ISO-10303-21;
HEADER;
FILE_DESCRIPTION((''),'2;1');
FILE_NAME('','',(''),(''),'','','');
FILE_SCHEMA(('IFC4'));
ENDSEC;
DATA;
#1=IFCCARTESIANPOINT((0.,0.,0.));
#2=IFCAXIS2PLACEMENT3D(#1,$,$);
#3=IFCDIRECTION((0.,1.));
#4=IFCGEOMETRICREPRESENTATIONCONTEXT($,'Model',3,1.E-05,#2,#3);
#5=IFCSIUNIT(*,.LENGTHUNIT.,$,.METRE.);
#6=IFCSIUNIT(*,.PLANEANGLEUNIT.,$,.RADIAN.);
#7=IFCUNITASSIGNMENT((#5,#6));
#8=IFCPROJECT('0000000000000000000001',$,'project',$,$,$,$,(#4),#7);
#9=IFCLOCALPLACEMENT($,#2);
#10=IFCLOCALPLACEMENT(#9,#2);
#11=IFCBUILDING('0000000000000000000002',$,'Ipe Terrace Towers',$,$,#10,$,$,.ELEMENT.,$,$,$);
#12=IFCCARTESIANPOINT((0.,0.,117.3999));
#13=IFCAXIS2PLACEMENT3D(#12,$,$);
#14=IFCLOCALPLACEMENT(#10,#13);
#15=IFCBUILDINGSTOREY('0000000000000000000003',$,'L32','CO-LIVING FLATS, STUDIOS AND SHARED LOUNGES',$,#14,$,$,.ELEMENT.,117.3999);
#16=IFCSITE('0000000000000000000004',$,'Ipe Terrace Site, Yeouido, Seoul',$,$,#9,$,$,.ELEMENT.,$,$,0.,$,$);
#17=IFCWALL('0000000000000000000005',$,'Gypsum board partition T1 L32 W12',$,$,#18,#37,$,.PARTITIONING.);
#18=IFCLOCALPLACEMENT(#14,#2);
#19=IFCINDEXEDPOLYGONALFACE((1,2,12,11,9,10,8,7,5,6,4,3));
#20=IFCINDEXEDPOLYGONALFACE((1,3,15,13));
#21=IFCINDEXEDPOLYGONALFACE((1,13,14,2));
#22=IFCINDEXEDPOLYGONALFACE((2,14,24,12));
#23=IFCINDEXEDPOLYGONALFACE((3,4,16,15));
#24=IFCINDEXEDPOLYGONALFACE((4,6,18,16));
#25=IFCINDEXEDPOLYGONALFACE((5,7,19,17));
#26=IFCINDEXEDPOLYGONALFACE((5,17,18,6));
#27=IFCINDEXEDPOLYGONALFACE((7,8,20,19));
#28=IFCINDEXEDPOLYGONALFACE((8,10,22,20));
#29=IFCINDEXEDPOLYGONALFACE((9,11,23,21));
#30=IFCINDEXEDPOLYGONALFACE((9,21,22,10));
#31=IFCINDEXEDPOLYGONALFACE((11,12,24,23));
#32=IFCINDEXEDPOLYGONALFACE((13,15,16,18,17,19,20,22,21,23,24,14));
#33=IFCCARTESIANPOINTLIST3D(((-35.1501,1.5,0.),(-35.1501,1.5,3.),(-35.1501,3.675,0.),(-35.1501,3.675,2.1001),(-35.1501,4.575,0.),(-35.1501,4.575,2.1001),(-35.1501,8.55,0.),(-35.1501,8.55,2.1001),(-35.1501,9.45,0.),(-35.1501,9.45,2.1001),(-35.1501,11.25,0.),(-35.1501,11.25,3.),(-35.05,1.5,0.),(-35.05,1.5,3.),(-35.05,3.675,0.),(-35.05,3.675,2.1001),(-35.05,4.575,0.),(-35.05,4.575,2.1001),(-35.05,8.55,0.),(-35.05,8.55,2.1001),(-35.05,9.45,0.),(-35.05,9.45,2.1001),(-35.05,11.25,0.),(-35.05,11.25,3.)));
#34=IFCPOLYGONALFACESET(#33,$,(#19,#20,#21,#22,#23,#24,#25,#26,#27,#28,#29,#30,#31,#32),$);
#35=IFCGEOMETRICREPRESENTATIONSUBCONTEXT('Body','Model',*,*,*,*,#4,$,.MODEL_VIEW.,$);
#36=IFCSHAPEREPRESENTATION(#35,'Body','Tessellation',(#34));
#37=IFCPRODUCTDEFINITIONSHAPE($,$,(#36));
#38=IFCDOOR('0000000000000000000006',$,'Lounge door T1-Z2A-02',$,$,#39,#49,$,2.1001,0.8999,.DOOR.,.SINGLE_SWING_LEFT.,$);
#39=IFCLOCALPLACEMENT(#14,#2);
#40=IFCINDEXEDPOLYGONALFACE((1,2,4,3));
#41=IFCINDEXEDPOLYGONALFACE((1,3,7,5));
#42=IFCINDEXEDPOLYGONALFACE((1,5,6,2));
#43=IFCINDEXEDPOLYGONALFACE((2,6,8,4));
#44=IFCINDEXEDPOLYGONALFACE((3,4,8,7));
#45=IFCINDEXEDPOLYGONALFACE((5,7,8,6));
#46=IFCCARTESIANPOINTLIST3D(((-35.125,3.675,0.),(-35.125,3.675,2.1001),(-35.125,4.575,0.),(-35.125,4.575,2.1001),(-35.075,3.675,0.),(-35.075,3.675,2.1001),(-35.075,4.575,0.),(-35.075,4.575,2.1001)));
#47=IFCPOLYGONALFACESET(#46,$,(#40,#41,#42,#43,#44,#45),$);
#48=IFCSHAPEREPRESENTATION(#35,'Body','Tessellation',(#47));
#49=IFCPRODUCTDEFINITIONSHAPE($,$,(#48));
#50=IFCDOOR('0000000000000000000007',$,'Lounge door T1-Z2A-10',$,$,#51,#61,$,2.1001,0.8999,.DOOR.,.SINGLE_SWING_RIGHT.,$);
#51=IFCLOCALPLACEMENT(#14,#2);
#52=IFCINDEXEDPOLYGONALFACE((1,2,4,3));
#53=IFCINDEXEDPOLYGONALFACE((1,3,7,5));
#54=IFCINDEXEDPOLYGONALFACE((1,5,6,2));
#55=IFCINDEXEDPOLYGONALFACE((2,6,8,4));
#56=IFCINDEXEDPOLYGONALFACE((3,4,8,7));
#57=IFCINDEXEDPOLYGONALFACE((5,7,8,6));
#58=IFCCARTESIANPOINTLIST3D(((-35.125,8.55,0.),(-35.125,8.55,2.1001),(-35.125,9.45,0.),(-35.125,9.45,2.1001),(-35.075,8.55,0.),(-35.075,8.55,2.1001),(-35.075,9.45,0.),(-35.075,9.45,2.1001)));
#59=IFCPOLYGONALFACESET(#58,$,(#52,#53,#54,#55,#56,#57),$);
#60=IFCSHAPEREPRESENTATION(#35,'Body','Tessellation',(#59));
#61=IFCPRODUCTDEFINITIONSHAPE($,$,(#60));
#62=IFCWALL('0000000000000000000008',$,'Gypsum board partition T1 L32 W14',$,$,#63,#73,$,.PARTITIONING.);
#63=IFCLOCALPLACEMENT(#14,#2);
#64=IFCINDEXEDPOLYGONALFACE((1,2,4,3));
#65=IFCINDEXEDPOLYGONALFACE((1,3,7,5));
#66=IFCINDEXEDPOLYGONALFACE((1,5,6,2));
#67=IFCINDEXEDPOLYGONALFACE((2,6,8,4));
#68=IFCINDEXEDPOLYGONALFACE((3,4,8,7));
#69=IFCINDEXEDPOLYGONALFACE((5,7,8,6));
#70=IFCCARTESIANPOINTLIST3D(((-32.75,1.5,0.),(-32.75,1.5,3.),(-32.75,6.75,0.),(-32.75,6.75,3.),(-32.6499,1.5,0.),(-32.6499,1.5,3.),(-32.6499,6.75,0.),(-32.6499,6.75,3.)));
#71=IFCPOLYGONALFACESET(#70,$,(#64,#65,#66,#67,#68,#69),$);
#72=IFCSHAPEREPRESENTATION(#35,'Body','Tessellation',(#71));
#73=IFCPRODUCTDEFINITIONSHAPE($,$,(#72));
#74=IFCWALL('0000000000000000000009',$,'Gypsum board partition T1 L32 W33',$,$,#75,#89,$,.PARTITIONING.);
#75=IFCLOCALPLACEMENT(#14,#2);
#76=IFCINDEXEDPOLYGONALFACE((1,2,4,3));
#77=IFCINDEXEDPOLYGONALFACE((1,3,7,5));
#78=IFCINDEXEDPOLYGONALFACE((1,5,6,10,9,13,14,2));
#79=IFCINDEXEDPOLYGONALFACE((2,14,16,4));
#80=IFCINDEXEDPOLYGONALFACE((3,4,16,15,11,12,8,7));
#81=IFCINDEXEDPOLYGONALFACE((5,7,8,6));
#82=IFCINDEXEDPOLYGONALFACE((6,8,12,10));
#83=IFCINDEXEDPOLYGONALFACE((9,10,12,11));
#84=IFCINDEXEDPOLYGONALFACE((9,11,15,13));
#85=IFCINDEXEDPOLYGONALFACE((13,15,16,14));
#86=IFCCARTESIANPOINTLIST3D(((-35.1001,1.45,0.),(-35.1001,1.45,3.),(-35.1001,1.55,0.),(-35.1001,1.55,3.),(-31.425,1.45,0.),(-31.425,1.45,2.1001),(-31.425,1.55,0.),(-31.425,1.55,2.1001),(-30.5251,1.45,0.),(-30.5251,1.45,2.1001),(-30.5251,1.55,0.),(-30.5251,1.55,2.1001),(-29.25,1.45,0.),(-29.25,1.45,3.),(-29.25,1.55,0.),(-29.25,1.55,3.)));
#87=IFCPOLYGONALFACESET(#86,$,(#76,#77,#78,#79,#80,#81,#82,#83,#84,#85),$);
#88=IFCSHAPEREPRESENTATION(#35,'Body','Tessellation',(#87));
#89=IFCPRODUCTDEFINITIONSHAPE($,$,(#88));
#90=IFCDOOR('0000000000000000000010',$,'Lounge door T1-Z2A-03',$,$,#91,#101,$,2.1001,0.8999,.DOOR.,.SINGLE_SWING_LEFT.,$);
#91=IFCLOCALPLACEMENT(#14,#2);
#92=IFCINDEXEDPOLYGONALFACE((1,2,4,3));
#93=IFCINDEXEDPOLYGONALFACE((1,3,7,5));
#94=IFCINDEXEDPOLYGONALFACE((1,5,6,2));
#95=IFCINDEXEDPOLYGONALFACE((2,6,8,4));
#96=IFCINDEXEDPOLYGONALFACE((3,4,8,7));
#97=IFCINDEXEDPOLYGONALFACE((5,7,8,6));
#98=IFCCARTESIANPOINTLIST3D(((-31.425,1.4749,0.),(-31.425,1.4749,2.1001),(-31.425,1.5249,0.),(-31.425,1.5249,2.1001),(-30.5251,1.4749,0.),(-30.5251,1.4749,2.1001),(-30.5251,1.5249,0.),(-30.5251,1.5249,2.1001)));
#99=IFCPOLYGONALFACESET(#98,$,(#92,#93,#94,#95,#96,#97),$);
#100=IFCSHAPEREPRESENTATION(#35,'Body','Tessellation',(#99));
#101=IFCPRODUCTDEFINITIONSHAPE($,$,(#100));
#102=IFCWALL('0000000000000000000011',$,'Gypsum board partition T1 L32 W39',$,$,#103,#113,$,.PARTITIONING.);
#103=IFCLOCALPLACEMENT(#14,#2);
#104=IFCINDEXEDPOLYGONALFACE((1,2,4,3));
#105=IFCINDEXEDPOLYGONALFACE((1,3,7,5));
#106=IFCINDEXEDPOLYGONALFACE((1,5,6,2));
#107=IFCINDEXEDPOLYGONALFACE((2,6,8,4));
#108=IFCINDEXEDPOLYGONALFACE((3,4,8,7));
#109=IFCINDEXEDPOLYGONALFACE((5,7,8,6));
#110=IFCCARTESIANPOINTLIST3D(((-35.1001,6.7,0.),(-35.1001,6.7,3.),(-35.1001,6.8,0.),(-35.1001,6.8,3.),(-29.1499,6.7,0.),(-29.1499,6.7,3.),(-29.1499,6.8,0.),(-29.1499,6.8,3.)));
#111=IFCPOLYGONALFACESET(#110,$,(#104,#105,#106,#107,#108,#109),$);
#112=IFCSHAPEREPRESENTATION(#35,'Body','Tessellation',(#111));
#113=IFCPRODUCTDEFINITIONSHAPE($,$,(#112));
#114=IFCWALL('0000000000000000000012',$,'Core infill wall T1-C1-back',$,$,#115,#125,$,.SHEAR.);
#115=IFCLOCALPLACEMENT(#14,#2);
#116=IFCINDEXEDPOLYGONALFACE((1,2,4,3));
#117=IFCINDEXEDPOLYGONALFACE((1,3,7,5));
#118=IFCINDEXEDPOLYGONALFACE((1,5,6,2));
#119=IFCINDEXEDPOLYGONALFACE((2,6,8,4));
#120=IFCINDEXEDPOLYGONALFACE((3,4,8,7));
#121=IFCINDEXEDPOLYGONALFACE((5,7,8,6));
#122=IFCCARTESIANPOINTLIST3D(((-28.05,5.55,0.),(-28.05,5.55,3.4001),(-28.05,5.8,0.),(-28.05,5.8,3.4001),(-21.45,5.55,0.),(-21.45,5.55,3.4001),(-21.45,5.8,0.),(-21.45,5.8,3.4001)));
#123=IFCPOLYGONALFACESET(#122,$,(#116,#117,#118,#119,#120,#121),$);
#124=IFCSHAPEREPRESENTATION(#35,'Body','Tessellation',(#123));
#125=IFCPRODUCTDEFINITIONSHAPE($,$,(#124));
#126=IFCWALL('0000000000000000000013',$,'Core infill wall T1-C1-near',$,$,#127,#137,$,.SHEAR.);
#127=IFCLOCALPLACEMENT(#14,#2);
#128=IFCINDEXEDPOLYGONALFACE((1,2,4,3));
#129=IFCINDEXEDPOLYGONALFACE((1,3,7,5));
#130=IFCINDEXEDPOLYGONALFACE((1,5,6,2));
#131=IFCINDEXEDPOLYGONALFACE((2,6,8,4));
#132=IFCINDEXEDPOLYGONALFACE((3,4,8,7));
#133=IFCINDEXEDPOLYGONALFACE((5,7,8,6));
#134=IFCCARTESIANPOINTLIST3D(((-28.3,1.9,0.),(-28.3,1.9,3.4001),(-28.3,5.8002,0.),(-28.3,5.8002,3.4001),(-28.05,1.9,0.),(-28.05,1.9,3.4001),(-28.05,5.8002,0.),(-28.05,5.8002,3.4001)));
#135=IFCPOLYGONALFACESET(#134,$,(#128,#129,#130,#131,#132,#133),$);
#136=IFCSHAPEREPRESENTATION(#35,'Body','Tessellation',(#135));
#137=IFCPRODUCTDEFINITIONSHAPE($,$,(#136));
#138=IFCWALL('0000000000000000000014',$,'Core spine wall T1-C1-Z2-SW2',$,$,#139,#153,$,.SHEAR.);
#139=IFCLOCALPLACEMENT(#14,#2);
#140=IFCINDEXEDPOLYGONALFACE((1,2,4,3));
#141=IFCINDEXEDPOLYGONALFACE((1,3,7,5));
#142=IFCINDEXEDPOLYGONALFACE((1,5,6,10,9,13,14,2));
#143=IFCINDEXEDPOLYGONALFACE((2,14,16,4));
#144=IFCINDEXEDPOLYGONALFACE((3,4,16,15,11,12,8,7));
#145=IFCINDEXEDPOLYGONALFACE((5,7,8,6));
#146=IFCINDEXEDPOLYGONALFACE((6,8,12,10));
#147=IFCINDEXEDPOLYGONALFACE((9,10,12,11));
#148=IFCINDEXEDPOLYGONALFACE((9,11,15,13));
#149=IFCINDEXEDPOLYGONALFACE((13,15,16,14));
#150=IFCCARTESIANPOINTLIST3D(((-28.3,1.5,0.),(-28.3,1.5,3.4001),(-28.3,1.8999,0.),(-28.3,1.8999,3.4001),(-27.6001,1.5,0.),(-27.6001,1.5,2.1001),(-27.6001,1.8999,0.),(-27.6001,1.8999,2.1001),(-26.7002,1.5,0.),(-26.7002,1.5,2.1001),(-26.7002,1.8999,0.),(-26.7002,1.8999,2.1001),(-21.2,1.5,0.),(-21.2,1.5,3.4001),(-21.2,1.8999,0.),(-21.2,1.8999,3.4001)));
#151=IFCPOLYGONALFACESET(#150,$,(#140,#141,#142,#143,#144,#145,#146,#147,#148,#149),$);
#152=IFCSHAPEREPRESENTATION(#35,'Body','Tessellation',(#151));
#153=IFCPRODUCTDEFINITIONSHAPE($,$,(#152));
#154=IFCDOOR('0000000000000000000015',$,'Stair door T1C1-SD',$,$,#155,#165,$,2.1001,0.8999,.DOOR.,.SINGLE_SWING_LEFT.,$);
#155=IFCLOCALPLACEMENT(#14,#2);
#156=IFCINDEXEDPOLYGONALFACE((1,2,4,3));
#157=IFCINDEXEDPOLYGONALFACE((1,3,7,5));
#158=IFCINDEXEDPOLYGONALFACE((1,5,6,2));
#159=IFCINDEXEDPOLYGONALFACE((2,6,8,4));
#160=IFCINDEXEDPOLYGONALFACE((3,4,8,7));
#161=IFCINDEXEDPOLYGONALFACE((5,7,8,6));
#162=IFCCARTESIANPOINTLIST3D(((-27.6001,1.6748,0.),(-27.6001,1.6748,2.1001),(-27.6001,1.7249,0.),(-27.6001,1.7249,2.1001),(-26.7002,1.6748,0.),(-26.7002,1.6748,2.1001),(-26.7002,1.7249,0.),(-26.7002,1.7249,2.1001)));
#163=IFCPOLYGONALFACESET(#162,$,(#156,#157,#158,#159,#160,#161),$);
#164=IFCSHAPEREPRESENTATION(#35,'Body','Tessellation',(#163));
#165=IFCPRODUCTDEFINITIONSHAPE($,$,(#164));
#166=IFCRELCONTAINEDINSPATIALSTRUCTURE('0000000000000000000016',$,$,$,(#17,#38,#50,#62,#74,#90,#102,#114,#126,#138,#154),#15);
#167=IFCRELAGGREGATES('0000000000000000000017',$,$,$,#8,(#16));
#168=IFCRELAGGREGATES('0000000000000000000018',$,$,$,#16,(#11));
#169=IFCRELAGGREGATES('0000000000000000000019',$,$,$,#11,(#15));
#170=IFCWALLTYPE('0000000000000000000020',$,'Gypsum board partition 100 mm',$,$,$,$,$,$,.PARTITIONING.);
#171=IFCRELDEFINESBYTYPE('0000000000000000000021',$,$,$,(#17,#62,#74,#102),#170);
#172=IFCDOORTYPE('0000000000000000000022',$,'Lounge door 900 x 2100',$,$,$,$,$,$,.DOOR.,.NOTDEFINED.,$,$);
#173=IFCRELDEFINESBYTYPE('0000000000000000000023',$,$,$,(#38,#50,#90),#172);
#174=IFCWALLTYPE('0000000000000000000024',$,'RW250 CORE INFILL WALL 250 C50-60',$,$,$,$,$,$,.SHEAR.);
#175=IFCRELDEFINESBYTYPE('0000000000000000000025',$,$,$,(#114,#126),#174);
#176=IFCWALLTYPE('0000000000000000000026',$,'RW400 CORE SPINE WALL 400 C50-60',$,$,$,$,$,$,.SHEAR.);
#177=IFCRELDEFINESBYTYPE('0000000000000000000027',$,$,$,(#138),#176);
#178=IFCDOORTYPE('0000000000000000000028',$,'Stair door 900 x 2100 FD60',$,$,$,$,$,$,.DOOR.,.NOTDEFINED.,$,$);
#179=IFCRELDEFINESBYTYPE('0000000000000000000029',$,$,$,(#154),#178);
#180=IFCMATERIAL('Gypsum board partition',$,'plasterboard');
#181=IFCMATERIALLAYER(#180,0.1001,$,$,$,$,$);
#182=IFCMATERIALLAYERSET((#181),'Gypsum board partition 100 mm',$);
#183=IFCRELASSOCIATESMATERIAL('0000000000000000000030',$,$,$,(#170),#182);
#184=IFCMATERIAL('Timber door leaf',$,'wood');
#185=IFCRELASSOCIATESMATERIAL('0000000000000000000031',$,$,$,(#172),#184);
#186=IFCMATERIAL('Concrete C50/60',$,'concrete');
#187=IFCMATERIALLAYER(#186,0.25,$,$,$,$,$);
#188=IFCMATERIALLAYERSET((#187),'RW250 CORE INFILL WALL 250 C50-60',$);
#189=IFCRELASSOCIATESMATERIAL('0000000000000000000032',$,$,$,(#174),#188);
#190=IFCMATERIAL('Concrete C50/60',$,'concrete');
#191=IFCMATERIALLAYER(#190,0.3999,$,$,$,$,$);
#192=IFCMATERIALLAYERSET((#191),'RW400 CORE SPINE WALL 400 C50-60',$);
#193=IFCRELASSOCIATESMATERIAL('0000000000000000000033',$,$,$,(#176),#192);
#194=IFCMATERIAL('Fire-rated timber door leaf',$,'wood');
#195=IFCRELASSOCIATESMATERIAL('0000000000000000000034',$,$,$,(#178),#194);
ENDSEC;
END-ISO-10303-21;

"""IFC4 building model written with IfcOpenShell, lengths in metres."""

from ifc_helpers import new_model, si_unit, direction, frame, frame_2d, origin, place, context, subcontext, project, spatial, rectangle, extrude, material, layer, layer_set, type_object, element, fill, save


model = new_model("IFC4")

# Units and contexts
model_context = context("Model", 3, precision=1e-05, world=origin(), true_north=direction((0.0, 1.0)))
body_context = subcontext(model_context, "Body", "Model", "MODEL_VIEW")
ifc_project = project(units=[si_unit("LENGTHUNIT", "METRE"), si_unit("PLANEANGLEUNIT", "RADIAN")], contexts=[model_context])

# Site, building, storey
site_placement = place(None, origin())
site = spatial("IfcSite", under=ifc_project, at=site_placement, Name="Ipe Terrace Site, Yeouido, Seoul", CompositionType="ELEMENT", RefElevation=0.0)
building_placement = place(site_placement, origin())
building = spatial("IfcBuilding", under=site, at=building_placement, Name="Ipe Terrace Towers", CompositionType="ELEMENT")
storey_placement = place(building_placement, frame((0.0, 0.0, 117.3999)))
storey = spatial("IfcBuildingStorey", under=building, at=storey_placement, Name="L32", Description="CO-LIVING FLATS, STUDIOS AND SHARED LOUNGES", CompositionType="ELEMENT", Elevation=117.3999)

# Wall, openings, doors
ifc_material_1 = material(Name="Gypsum board partition", Category="plasterboard")
ifc_layer_1 = layer(ifc_material_1, 0.1001)
ifc_layer_set_1 = layer_set([ifc_layer_1], Name="Gypsum board partition 100 mm")
wall_type_1 = type_object("IfcWallType", Name="Gypsum board partition 100 mm", PredefinedType="PARTITIONING", material=ifc_layer_set_1)
wall_1_placement = place(storey_placement, frame((-35.1001, 1.5, 0.0), z_axis=(0.0, 0.0, 1.0), x_axis=(0.0, 1.0, 0.0)))
wall_1 = element("IfcWall", 1, at=wall_1_placement, inside=storey, type_object=wall_type_1, Name="Gypsum board partition T1 L32 W12", PredefinedType="PARTITIONING", context=body_context, shape_type="SweptSolid", body=[
    extrude(rectangle(XDim=9.75, YDim=0.1001, at=frame_2d((4.875, 0.0))), origin(), (0.0, 0.0, 1.0), 3.0),
])
opening_1_placement = place(wall_1_placement, frame((2.175, 0.0, 0.0)))
opening_1 = element("IfcOpeningElement", 2, at=opening_1_placement, cuts=wall_1, PredefinedType="OPENING", context=body_context, shape_type="SweptSolid", body=[
    extrude(rectangle(XDim=0.8999, YDim=2.1001, at=frame_2d((0.45, 1.05))), frame((0.0, 0.0601, 0.0), z_axis=(0.0, -1.0, 0.0), x_axis=(1.0, 0.0, 0.0)), (0.0, 0.0, 1.0), 0.1201),
])
opening_2_placement = place(wall_1_placement, frame((7.05, 0.0, 0.0)))
opening_2 = element("IfcOpeningElement", 3, at=opening_2_placement, cuts=wall_1, PredefinedType="OPENING", context=body_context, shape_type="SweptSolid", body=[
    extrude(rectangle(XDim=0.8999, YDim=2.1001, at=frame_2d((0.45, 1.05))), frame((0.0, 0.0601, 0.0), z_axis=(0.0, -1.0, 0.0), x_axis=(1.0, 0.0, 0.0)), (0.0, 0.0, 1.0), 0.1201),
])
ifc_material_2 = material(Name="Timber door leaf", Category="wood")
door_type_1 = type_object("IfcDoorType", Name="Lounge door 900 x 2100", OperationType="NOTDEFINED", PredefinedType="DOOR", material=ifc_material_2)
door_1_placement = place(opening_1_placement, origin())
door_1 = element("IfcDoor", 4, at=door_1_placement, inside=storey, type_object=door_type_1, Name="Lounge door T1-Z2A-02", OperationType="SINGLE_SWING_LEFT", OverallHeight=2.1001, OverallWidth=0.8999, PredefinedType="DOOR", context=body_context, shape_type="SweptSolid", body=[
    extrude(rectangle(XDim=0.8999, YDim=2.1001, at=frame_2d((0.45, 1.05))), frame((0.0, 0.0249, 0.0), z_axis=(0.0, -1.0, 0.0), x_axis=(1.0, 0.0, 0.0)), (0.0, 0.0, 1.0), 0.05),
])
fill(opening_1, door_1)
door_2_placement = place(opening_2_placement, origin())
door_2 = element("IfcDoor", 5, at=door_2_placement, inside=storey, type_object=door_type_1, Name="Lounge door T1-Z2A-10", OperationType="SINGLE_SWING_RIGHT", OverallHeight=2.1001, OverallWidth=0.8999, PredefinedType="DOOR", context=body_context, shape_type="SweptSolid", body=[
    extrude(rectangle(XDim=0.8999, YDim=2.1001, at=frame_2d((0.45, 1.05))), frame((0.0, 0.0249, 0.0), z_axis=(0.0, -1.0, 0.0), x_axis=(1.0, 0.0, 0.0)), (0.0, 0.0, 1.0), 0.05),
])
fill(opening_2, door_2)

# Wall
wall_2_placement = place(storey_placement, frame((-32.7, 1.5, 0.0), z_axis=(0.0, 0.0, 1.0), x_axis=(0.0, 1.0, 0.0)))
element("IfcWall", 6, at=wall_2_placement, inside=storey, type_object=wall_type_1, Name="Gypsum board partition T1 L32 W14", PredefinedType="PARTITIONING", context=body_context, shape_type="SweptSolid", body=[
    extrude(rectangle(XDim=5.25, YDim=0.1001, at=frame_2d((2.625, 0.0))), origin(), (0.0, 0.0, 1.0), 3.0),
])

# Wall, opening, door
wall_3_placement = place(storey_placement, frame((-35.1001, 1.5, 0.0), z_axis=(0.0, 0.0, 1.0), x_axis=(1.0, 0.0, 0.0)))
wall_3 = element("IfcWall", 7, at=wall_3_placement, inside=storey, type_object=wall_type_1, Name="Gypsum board partition T1 L32 W33", PredefinedType="PARTITIONING", context=body_context, shape_type="SweptSolid", body=[
    extrude(rectangle(XDim=5.8501, YDim=0.1001, at=frame_2d((2.925, 0.0))), origin(), (0.0, 0.0, 1.0), 3.0),
])
opening_3_placement = place(wall_3_placement, frame((3.675, 0.0, 0.0)))
opening_3 = element("IfcOpeningElement", 8, at=opening_3_placement, cuts=wall_3, PredefinedType="OPENING", context=body_context, shape_type="SweptSolid", body=[
    extrude(rectangle(XDim=0.8999, YDim=2.1001, at=frame_2d((0.45, 1.05))), frame((0.0, 0.0601, 0.0), z_axis=(0.0, -1.0, 0.0), x_axis=(1.0, 0.0, 0.0)), (0.0, 0.0, 1.0), 0.1201),
])
door_3_placement = place(opening_3_placement, origin())
door_3 = element("IfcDoor", 9, at=door_3_placement, inside=storey, type_object=door_type_1, Name="Lounge door T1-Z2A-03", OperationType="SINGLE_SWING_LEFT", OverallHeight=2.1001, OverallWidth=0.8999, PredefinedType="DOOR", context=body_context, shape_type="SweptSolid", body=[
    extrude(rectangle(XDim=0.8999, YDim=2.1001, at=frame_2d((0.45, 1.05))), frame((0.0, 0.0249, 0.0), z_axis=(0.0, -1.0, 0.0), x_axis=(1.0, 0.0, 0.0)), (0.0, 0.0, 1.0), 0.05),
])
fill(opening_3, door_3)

# Walls
wall_4_placement = place(storey_placement, frame((-35.1001, 6.75, 0.0), z_axis=(0.0, 0.0, 1.0), x_axis=(1.0, 0.0, 0.0)))
element("IfcWall", 10, at=wall_4_placement, inside=storey, type_object=wall_type_1, Name="Gypsum board partition T1 L32 W39", PredefinedType="PARTITIONING", context=body_context, shape_type="SweptSolid", body=[
    extrude(rectangle(XDim=5.9502, YDim=0.1001, at=frame_2d((2.9751, 0.0))), origin(), (0.0, 0.0, 1.0), 3.0),
])
ifc_material_3 = material(Name="Concrete C50/60", Category="concrete")
ifc_layer_2 = layer(ifc_material_3, 0.25)
ifc_layer_set_2 = layer_set([ifc_layer_2], Name="RW250 CORE INFILL WALL 250 C50-60")
wall_type_2 = type_object("IfcWallType", Name="RW250 CORE INFILL WALL 250 C50-60", PredefinedType="SHEAR", material=ifc_layer_set_2)
wall_5_placement = place(storey_placement, frame((-28.05, 5.675, 0.0), z_axis=(0.0, 0.0, 1.0), x_axis=(1.0, 0.0, 0.0)))
element("IfcWall", 11, at=wall_5_placement, inside=storey, type_object=wall_type_2, Name="Core infill wall T1-C1-back", PredefinedType="SHEAR", context=body_context, shape_type="SweptSolid", body=[
    extrude(rectangle(XDim=6.6001, YDim=0.25, at=frame_2d((3.3, 0.0))), origin(), (0.0, 0.0, 1.0), 3.4001),
])
wall_6_placement = place(storey_placement, frame((-28.175, 1.8999, 0.0), z_axis=(0.0, 0.0, 1.0), x_axis=(0.0, 1.0, 0.0)))
element("IfcWall", 12, at=wall_6_placement, inside=storey, type_object=wall_type_2, Name="Core infill wall T1-C1-near", PredefinedType="SHEAR", context=body_context, shape_type="SweptSolid", body=[
    extrude(rectangle(XDim=3.9001, YDim=0.25, at=frame_2d((1.9502, 0.0))), origin(), (0.0, 0.0, 1.0), 3.4001),
])

# Wall, opening, door
ifc_material_4 = material(Name="Concrete C50/60", Category="concrete")
ifc_layer_3 = layer(ifc_material_4, 0.3999)
ifc_layer_set_3 = layer_set([ifc_layer_3], Name="RW400 CORE SPINE WALL 400 C50-60")
wall_type_3 = type_object("IfcWallType", Name="RW400 CORE SPINE WALL 400 C50-60", PredefinedType="SHEAR", material=ifc_layer_set_3)
wall_7_placement = place(storey_placement, frame((-28.3, 1.7, 0.0), z_axis=(0.0, 0.0, 1.0), x_axis=(1.0, 0.0, 0.0)))
wall_7 = element("IfcWall", 13, at=wall_7_placement, inside=storey, type_object=wall_type_3, Name="Core spine wall T1-C1-Z2-SW2", PredefinedType="SHEAR", context=body_context, shape_type="SweptSolid", body=[
    extrude(rectangle(XDim=7.1001, YDim=0.3999, at=frame_2d((3.55, 0.0))), origin(), (0.0, 0.0, 1.0), 3.4001),
])
opening_4_placement = place(wall_7_placement, frame((0.7, 0.0, 0.0)))
opening_4 = element("IfcOpeningElement", 14, at=opening_4_placement, cuts=wall_7, PredefinedType="OPENING", context=body_context, shape_type="SweptSolid", body=[
    extrude(rectangle(XDim=0.8999, YDim=2.1001, at=frame_2d((0.45, 1.05))), frame((0.0, 0.21, 0.0), z_axis=(0.0, -1.0, 0.0), x_axis=(1.0, 0.0, 0.0)), (0.0, 0.0, 1.0), 0.4199),
])
ifc_material_5 = material(Name="Fire-rated timber door leaf", Category="wood")
door_type_2 = type_object("IfcDoorType", Name="Stair door 900 x 2100 FD60", OperationType="NOTDEFINED", PredefinedType="DOOR", material=ifc_material_5)
door_4_placement = place(opening_4_placement, origin())
door_4 = element("IfcDoor", 15, at=door_4_placement, inside=storey, type_object=door_type_2, Name="Stair door T1C1-SD", OperationType="SINGLE_SWING_LEFT", OverallHeight=2.1001, OverallWidth=0.8999, PredefinedType="DOOR", context=body_context, shape_type="SweptSolid", body=[
    extrude(rectangle(XDim=0.8999, YDim=2.1001, at=frame_2d((0.45, 1.05))), frame((0.0, 0.0249, 0.0), z_axis=(0.0, -1.0, 0.0), x_axis=(1.0, 0.0, 0.0)), (0.0, 0.0, 1.0), 0.05),
])
fill(opening_4, door_4)

save(model, "model.ifc")
